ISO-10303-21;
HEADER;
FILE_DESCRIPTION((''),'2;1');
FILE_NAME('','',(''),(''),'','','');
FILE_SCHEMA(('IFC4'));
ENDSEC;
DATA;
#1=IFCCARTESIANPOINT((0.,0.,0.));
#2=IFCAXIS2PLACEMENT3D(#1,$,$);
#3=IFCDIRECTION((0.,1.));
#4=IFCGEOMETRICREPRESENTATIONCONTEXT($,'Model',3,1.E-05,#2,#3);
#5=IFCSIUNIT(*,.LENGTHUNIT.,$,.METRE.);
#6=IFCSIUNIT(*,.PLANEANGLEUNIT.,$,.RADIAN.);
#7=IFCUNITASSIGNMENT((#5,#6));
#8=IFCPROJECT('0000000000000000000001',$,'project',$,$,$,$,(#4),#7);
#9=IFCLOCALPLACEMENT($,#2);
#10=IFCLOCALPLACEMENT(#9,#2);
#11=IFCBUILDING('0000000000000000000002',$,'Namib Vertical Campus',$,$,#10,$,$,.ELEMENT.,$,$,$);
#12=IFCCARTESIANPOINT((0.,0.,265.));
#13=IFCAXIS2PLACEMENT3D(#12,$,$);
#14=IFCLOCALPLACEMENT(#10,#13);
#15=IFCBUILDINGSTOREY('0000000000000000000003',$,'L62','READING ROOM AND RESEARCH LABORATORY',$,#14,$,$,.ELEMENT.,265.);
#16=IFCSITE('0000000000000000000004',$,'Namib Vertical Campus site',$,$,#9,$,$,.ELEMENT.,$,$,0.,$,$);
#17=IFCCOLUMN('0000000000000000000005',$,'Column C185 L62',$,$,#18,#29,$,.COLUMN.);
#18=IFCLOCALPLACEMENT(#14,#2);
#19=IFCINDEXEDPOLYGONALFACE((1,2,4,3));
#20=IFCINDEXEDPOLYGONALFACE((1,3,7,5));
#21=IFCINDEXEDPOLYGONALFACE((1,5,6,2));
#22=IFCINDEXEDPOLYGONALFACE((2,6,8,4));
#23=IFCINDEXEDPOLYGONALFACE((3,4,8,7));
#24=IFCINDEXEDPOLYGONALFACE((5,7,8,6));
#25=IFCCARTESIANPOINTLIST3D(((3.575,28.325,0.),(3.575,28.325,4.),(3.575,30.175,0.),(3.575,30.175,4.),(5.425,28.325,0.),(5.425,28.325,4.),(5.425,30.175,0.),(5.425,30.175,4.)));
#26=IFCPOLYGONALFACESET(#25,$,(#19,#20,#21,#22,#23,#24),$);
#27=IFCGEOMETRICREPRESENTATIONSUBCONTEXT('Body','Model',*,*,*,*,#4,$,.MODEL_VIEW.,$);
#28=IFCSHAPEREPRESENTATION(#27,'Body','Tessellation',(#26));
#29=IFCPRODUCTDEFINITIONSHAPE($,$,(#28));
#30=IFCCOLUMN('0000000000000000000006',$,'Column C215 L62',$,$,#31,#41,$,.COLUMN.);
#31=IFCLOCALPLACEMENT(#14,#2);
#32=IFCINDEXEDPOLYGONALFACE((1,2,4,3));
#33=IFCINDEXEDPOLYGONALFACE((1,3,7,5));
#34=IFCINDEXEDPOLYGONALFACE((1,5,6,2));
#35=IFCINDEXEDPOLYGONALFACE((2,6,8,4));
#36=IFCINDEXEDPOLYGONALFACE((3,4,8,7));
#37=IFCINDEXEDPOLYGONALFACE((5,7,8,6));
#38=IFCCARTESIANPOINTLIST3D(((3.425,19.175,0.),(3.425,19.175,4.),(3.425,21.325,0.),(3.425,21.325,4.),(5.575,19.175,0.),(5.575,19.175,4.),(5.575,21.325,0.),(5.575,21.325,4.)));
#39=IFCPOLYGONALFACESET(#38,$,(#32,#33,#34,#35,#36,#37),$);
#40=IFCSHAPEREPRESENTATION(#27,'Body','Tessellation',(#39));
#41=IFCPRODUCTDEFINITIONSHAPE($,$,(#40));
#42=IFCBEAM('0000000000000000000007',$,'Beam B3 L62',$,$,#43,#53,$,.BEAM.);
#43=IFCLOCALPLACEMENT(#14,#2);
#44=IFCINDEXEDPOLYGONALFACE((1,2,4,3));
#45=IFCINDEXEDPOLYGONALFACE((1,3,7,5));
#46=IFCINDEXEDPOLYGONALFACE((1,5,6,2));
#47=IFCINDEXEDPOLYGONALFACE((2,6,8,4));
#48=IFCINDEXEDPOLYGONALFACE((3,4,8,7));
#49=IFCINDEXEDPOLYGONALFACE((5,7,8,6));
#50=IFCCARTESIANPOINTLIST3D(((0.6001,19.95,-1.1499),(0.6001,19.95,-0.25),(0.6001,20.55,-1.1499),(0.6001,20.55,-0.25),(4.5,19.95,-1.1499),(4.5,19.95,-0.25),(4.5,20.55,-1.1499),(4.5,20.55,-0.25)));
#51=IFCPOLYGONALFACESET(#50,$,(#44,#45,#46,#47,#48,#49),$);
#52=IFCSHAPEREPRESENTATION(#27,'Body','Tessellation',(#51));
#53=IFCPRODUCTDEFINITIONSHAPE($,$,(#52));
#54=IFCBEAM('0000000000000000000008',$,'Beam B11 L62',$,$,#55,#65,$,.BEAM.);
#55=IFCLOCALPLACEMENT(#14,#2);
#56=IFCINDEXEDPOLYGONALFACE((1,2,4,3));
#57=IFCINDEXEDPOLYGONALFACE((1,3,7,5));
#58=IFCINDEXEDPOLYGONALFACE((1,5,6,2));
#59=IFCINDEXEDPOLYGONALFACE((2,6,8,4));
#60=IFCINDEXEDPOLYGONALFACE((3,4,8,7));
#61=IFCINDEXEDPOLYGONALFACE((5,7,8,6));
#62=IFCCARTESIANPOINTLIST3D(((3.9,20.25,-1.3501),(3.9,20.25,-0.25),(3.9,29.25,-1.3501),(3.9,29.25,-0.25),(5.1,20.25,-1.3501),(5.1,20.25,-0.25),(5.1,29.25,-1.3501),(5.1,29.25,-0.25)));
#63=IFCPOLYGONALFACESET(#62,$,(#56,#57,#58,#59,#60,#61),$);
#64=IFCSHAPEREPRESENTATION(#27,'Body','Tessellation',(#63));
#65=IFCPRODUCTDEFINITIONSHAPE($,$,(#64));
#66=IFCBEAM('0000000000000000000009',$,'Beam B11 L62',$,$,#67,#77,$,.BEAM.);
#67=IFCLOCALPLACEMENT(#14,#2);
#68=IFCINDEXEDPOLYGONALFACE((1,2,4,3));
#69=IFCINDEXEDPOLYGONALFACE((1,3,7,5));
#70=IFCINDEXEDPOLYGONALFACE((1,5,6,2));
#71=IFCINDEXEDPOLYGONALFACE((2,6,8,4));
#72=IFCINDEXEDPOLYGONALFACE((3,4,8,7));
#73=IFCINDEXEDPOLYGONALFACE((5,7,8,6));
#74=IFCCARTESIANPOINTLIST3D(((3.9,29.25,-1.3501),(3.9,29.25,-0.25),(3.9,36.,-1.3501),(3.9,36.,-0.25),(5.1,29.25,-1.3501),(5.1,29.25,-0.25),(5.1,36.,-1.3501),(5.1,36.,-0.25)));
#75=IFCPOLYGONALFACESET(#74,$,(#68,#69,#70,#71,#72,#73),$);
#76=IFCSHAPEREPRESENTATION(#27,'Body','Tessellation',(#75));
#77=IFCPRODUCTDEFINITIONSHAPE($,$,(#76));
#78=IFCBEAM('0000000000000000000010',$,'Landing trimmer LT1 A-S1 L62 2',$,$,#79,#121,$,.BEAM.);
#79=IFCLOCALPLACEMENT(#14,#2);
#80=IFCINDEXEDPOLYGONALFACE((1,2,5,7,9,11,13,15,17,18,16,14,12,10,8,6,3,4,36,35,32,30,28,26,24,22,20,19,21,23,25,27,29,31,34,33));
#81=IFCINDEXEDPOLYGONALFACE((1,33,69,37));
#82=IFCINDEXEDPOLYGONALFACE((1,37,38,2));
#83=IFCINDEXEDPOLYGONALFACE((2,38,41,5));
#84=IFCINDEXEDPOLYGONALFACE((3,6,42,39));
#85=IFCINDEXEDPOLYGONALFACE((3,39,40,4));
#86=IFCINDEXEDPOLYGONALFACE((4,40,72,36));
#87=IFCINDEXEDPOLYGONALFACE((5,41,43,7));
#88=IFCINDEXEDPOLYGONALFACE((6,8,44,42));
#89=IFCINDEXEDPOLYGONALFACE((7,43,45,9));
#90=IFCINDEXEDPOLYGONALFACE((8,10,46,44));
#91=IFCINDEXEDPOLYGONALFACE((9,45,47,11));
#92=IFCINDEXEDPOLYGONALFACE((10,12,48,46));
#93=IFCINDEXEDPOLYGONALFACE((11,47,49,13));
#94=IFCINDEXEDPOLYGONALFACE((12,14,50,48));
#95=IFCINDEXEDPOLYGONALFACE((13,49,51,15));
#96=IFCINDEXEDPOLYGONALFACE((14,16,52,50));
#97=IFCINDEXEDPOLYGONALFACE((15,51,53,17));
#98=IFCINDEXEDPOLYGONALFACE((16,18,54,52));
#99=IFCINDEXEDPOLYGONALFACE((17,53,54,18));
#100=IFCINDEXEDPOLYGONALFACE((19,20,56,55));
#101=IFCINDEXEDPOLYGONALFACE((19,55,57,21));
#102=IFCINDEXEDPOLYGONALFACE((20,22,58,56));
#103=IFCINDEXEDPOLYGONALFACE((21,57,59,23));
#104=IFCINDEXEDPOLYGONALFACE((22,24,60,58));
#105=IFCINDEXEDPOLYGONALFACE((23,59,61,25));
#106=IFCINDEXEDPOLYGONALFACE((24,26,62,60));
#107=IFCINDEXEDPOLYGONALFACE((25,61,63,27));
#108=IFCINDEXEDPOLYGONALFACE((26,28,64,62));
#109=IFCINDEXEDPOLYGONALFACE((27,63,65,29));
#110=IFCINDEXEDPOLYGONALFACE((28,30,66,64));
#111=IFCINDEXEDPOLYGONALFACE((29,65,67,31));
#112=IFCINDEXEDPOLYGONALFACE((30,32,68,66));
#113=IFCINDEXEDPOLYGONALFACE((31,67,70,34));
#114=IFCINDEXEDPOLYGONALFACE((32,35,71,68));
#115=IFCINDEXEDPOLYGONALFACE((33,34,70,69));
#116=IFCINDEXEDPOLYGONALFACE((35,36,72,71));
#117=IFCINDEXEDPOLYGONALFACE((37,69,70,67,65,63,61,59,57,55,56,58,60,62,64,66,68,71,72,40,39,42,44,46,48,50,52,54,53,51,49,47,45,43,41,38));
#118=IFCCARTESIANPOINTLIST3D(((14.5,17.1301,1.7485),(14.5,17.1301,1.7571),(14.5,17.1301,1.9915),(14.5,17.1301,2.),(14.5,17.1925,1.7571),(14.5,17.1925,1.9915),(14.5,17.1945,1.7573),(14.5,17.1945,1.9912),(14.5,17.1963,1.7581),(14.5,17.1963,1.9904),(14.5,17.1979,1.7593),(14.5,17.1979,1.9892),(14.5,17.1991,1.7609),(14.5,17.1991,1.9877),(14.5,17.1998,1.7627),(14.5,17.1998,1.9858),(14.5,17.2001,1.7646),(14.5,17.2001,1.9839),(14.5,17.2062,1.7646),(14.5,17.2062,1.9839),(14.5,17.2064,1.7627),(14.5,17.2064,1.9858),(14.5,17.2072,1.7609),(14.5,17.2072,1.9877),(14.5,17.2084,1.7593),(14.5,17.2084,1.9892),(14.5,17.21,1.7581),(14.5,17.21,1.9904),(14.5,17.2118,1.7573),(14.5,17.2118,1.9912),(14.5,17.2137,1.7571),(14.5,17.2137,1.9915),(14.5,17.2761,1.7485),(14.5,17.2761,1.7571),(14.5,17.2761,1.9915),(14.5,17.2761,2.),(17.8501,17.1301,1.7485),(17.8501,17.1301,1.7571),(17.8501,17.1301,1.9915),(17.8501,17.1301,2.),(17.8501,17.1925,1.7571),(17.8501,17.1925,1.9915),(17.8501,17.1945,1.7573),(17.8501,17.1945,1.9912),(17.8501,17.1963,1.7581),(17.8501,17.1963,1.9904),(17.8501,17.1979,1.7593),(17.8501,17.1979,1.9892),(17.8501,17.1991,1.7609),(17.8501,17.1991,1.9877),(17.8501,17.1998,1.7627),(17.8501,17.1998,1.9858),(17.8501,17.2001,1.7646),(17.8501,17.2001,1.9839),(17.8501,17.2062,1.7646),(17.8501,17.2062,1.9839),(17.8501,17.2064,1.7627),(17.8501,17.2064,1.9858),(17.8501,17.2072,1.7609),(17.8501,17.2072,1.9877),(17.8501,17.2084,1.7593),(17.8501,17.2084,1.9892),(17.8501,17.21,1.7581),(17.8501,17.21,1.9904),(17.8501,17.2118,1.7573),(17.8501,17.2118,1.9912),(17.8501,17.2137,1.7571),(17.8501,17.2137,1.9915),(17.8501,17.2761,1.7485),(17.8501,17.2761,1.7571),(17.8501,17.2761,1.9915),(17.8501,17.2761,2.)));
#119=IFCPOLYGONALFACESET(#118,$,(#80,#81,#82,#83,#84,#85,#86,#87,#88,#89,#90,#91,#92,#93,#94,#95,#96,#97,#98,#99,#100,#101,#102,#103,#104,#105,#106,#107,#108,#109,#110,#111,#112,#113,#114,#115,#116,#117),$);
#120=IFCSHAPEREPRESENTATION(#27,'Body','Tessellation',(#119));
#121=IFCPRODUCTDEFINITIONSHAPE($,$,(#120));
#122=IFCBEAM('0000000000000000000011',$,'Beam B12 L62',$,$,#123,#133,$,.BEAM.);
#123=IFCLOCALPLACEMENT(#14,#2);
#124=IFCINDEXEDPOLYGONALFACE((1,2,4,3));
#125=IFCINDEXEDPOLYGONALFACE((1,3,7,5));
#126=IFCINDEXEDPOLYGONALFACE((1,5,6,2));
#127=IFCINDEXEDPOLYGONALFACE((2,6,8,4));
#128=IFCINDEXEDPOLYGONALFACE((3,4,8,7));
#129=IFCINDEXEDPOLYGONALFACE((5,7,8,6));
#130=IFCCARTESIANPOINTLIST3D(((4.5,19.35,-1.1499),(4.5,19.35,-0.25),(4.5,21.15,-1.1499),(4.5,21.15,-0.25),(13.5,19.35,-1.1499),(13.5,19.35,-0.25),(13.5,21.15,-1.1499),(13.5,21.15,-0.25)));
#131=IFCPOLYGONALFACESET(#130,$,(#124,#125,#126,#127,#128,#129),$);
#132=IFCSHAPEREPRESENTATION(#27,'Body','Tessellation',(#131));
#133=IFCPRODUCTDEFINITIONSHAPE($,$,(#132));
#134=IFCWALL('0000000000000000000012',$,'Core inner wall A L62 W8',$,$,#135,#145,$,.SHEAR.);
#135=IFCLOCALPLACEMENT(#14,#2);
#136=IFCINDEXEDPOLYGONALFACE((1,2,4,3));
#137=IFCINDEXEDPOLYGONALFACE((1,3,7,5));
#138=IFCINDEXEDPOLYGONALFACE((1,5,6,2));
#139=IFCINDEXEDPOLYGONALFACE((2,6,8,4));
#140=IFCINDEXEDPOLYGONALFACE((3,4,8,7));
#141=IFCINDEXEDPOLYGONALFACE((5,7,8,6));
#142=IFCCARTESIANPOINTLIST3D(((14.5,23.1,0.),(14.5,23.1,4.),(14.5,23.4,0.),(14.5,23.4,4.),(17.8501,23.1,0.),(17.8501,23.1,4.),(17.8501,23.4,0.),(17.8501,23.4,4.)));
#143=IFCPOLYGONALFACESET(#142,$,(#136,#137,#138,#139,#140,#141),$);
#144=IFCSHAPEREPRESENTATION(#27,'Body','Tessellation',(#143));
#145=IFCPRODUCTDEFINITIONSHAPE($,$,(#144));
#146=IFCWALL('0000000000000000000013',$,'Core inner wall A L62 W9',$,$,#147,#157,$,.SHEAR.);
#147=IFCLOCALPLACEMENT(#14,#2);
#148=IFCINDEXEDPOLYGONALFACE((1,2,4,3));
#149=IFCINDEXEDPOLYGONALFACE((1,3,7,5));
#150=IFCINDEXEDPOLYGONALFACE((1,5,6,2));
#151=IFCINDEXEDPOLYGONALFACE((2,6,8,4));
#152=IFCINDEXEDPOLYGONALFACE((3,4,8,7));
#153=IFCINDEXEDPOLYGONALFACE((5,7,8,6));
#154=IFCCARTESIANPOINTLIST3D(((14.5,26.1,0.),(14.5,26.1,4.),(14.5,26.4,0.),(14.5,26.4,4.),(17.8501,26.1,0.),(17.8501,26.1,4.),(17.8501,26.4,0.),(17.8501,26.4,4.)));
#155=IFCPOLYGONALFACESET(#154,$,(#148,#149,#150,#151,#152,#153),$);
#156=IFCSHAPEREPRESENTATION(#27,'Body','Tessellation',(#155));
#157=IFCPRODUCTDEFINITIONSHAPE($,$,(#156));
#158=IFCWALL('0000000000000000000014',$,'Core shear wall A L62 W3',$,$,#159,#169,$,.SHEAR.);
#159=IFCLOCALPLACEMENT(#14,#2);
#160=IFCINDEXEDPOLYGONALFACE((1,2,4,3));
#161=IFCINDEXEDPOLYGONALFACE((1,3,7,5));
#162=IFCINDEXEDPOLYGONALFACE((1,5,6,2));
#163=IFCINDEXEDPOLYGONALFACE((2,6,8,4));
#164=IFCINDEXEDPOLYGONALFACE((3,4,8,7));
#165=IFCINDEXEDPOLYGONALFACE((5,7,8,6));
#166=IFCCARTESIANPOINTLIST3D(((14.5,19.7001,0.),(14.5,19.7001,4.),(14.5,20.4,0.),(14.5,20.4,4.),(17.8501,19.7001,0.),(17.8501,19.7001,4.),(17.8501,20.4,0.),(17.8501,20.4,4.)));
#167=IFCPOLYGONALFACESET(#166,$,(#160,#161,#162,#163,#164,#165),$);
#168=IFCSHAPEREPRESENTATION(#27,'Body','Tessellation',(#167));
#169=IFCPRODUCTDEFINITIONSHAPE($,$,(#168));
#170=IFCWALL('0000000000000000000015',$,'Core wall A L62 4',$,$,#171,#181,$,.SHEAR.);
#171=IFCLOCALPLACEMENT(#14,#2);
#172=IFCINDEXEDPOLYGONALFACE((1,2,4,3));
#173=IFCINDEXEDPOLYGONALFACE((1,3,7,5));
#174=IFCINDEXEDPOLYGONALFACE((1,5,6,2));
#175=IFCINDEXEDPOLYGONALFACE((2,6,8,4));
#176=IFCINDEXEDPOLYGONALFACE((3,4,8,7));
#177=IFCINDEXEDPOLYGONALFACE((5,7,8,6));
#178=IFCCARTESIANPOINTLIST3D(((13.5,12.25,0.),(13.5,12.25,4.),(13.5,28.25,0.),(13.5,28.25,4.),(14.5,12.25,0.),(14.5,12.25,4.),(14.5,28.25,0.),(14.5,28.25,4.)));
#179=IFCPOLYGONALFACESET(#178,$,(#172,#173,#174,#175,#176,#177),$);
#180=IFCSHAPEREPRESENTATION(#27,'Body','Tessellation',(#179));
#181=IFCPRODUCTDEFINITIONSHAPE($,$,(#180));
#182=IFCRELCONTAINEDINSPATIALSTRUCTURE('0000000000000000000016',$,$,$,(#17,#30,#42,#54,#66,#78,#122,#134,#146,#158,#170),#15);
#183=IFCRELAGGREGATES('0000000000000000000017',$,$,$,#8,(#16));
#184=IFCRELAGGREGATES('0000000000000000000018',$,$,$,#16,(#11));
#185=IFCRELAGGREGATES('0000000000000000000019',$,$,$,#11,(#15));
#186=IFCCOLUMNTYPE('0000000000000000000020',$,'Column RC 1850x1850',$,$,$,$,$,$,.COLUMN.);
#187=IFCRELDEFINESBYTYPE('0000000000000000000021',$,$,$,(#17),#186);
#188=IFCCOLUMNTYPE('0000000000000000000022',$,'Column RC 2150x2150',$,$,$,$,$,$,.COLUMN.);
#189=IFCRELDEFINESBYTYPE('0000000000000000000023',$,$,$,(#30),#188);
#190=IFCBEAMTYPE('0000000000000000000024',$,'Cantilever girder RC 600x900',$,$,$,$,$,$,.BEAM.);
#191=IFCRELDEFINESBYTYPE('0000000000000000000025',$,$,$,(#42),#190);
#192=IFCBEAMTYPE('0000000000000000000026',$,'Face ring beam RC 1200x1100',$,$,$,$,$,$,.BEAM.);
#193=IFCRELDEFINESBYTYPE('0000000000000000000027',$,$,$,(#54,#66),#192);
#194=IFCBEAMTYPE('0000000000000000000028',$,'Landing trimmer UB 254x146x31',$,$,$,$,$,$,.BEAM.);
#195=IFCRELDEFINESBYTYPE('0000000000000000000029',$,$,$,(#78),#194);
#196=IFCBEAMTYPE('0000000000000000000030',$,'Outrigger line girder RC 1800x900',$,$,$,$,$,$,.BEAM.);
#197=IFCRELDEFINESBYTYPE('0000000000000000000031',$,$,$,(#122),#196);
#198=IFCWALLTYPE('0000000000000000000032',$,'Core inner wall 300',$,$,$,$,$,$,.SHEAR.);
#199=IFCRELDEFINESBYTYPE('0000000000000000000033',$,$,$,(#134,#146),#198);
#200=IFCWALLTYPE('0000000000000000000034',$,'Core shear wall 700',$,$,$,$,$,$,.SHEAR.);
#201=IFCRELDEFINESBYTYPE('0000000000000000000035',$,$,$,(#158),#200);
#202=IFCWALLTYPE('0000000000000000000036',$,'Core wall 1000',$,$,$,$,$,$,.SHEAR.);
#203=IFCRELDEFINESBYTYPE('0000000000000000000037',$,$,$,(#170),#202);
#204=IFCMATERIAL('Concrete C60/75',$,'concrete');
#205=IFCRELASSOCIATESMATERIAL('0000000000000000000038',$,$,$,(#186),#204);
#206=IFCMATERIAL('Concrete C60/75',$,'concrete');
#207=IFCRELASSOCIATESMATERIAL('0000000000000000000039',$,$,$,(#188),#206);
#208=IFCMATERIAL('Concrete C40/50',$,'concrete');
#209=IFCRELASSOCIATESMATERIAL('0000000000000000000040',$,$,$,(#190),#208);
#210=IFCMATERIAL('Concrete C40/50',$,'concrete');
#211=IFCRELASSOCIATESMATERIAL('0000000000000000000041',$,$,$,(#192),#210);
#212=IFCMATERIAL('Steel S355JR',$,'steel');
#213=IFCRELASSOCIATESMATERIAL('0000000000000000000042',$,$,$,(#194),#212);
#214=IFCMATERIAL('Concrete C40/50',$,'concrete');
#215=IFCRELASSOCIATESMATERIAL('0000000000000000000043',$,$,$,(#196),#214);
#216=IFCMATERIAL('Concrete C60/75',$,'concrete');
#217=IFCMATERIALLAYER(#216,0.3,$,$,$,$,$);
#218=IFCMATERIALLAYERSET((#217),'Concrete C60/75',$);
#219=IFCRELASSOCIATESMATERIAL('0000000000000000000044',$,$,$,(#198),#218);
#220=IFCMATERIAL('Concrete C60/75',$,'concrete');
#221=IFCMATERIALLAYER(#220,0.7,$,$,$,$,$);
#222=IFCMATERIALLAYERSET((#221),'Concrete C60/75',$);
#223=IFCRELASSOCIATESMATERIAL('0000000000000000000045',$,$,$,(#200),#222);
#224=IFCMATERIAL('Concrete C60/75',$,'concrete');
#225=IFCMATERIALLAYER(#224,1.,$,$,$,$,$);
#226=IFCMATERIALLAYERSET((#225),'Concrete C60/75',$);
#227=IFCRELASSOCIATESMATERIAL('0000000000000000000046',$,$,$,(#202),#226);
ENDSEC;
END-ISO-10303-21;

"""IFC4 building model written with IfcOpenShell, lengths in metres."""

from ifc_helpers import new_model, si_unit, direction, frame, frame_2d, origin, origin_2d, place, context, subcontext, project, spatial, rectangle, i_section, extrude, material, layer, layer_set, material_profile, profile_set, type_object, element, save


model = new_model("IFC4")

# Units and contexts
model_context = context("Model", 3, precision=1e-05, world=origin(), true_north=direction((0.0, 1.0)))
body_context = subcontext(model_context, "Body", "Model", "MODEL_VIEW")
ifc_project = project(units=[si_unit("LENGTHUNIT", "METRE"), si_unit("PLANEANGLEUNIT", "RADIAN")], contexts=[model_context])

# Site, building, storey
site_placement = place(None, origin())
site = spatial("IfcSite", under=ifc_project, at=site_placement, Name="Namib Vertical Campus site", CompositionType="ELEMENT", RefElevation=0.0)
building_placement = place(site_placement, origin())
building = spatial("IfcBuilding", under=site, at=building_placement, Name="Namib Vertical Campus", CompositionType="ELEMENT")
storey_placement = place(building_placement, frame((0.0, 0.0, 265.0)))
storey = spatial("IfcBuildingStorey", under=building, at=storey_placement, Name="L62", Description="READING ROOM AND RESEARCH LABORATORY", CompositionType="ELEMENT", Elevation=265.0)

# Columns
ifc_material_1 = material(Name="Concrete C60/75", Category="concrete")
ifc_material_profile_1 = material_profile(ifc_material_1, rectangle(XDim=1.8501, YDim=1.8501, at=origin_2d()))
ifc_profile_set_1 = profile_set([ifc_material_profile_1], Name="Concrete C60/75")
column_type_1 = type_object("IfcColumnType", Name="Column RC 1850x1850", PredefinedType="COLUMN", material=ifc_profile_set_1)
column_1_placement = place(storey_placement, frame((4.5, 29.25, 0.0), z_axis=(0.0, 0.0, 1.0), x_axis=(1.0, 0.0, 0.0)))
element("IfcColumn", 1, at=column_1_placement, inside=storey, type_object=column_type_1, Name="Column C185 L62", PredefinedType="COLUMN", context=body_context, shape_type="SweptSolid", body=[
    extrude(rectangle(XDim=1.8501, YDim=1.8501, at=origin_2d()), origin(), (0.0, 0.0, 1.0), 4.0),
])
ifc_material_2 = material(Name="Concrete C60/75", Category="concrete")
ifc_material_profile_2 = material_profile(ifc_material_2, rectangle(XDim=2.1499, YDim=2.1499, at=origin_2d()))
ifc_profile_set_2 = profile_set([ifc_material_profile_2], Name="Concrete C60/75")
column_type_2 = type_object("IfcColumnType", Name="Column RC 2150x2150", PredefinedType="COLUMN", material=ifc_profile_set_2)
column_2_placement = place(storey_placement, frame((4.5, 20.25, 0.0), z_axis=(0.0, 0.0, 1.0), x_axis=(1.0, 0.0, 0.0)))
element("IfcColumn", 2, at=column_2_placement, inside=storey, type_object=column_type_2, Name="Column C215 L62", PredefinedType="COLUMN", context=body_context, shape_type="SweptSolid", body=[
    extrude(rectangle(XDim=2.1499, YDim=2.1499, at=origin_2d()), origin(), (0.0, 0.0, 1.0), 4.0),
])

# Beams
ifc_material_3 = material(Name="Concrete C40/50", Category="concrete")
ifc_material_profile_3 = material_profile(ifc_material_3, rectangle(XDim=0.6001, YDim=0.8999, at=origin_2d()))
ifc_profile_set_3 = profile_set([ifc_material_profile_3], Name="Concrete C40/50")
beam_type_1 = type_object("IfcBeamType", Name="Cantilever girder RC 600x900", PredefinedType="BEAM", material=ifc_profile_set_3)
beam_1_placement = place(storey_placement, frame((4.5, 20.25, -0.7), z_axis=(-1.0, 0.0, 0.0), x_axis=(0.0, -1.0, 0.0)))
element("IfcBeam", 3, at=beam_1_placement, inside=storey, type_object=beam_type_1, Name="Beam B3 L62", PredefinedType="BEAM", context=body_context, shape_type="SweptSolid", body=[
    extrude(rectangle(XDim=0.6001, YDim=0.8999, at=origin_2d()), origin(), (0.0, 0.0, 1.0), 3.8999),
])
ifc_material_4 = material(Name="Concrete C40/50", Category="concrete")
ifc_material_profile_4 = material_profile(ifc_material_4, rectangle(XDim=1.2, YDim=1.1001, at=origin_2d()))
ifc_profile_set_4 = profile_set([ifc_material_profile_4], Name="Concrete C40/50")
beam_type_2 = type_object("IfcBeamType", Name="Face ring beam RC 1200x1100", PredefinedType="BEAM", material=ifc_profile_set_4)
beam_2_placement = place(storey_placement, frame((4.5, 20.25, -0.8), z_axis=(0.0, 1.0, 0.0), x_axis=(-1.0, 0.0, 0.0)))
element("IfcBeam", 4, at=beam_2_placement, inside=storey, type_object=beam_type_2, Name="Beam B11 L62", PredefinedType="BEAM", context=body_context, shape_type="SweptSolid", body=[
    extrude(rectangle(XDim=1.2, YDim=1.1001, at=origin_2d()), origin(), (0.0, 0.0, 1.0), 9.0),
])
beam_3_placement = place(storey_placement, frame((4.5, 29.25, -0.8), z_axis=(0.0, 1.0, 0.0), x_axis=(-1.0, 0.0, 0.0)))
element("IfcBeam", 5, at=beam_3_placement, inside=storey, type_object=beam_type_2, Name="Beam B11 L62", PredefinedType="BEAM", context=body_context, shape_type="SweptSolid", body=[
    extrude(rectangle(XDim=1.2, YDim=1.1001, at=origin_2d()), origin(), (0.0, 0.0, 1.0), 6.75),
])
ifc_material_5 = material(Name="Steel S355JR", Category="steel")
ifc_material_profile_5 = material_profile(ifc_material_5, i_section(OverallWidth=0.146, OverallDepth=0.2515, WebThickness=0.0061, FlangeThickness=0.0085, FilletRadius=0.0076, at=origin_2d()))
ifc_profile_set_5 = profile_set([ifc_material_profile_5], Name="Steel S355JR")
beam_type_3 = type_object("IfcBeamType", Name="Landing trimmer UB 254x146x31", PredefinedType="BEAM", material=ifc_profile_set_5)
beam_4_placement = place(storey_placement, frame((14.5, 17.2031, 1.8743), z_axis=(1.0, 0.0, 0.0), x_axis=(0.0, 1.0, 0.0)))
element("IfcBeam", 6, at=beam_4_placement, inside=storey, type_object=beam_type_3, Name="Landing trimmer LT1 A-S1 L62 2", PredefinedType="BEAM", context=body_context, shape_type="SweptSolid", body=[
    extrude(i_section(OverallWidth=0.146, OverallDepth=0.2515, WebThickness=0.0061, FlangeThickness=0.0085, FilletRadius=0.0076, at=origin_2d()), origin(), (0.0, 0.0, 1.0), 3.3501),
])
ifc_material_6 = material(Name="Concrete C40/50", Category="concrete")
ifc_material_profile_6 = material_profile(ifc_material_6, rectangle(XDim=1.8, YDim=0.8999, at=origin_2d()))
ifc_profile_set_6 = profile_set([ifc_material_profile_6], Name="Concrete C40/50")
beam_type_4 = type_object("IfcBeamType", Name="Outrigger line girder RC 1800x900", PredefinedType="BEAM", material=ifc_profile_set_6)
beam_5_placement = place(storey_placement, frame((4.5, 20.25, -0.7), z_axis=(1.0, 0.0, 0.0), x_axis=(0.0, 1.0, 0.0)))
element("IfcBeam", 7, at=beam_5_placement, inside=storey, type_object=beam_type_4, Name="Beam B12 L62", PredefinedType="BEAM", context=body_context, shape_type="SweptSolid", body=[
    extrude(rectangle(XDim=1.8, YDim=0.8999, at=origin_2d()), origin(), (0.0, 0.0, 1.0), 9.0),
])

# Walls
ifc_material_7 = material(Name="Concrete C60/75", Category="concrete")
ifc_layer_1 = layer(ifc_material_7, 0.3)
ifc_layer_set_1 = layer_set([ifc_layer_1], Name="Concrete C60/75")
wall_type_1 = type_object("IfcWallType", Name="Core inner wall 300", PredefinedType="SHEAR", material=ifc_layer_set_1)
for number, where, z_axis, x_axis, name in (
    (8, (14.5, 23.25, 0.0), (0.0, 0.0, 1.0), (1.0, 0.0, 0.0), "Core inner wall A L62 W8"),
    (9, (14.5, 26.25, 0.0), (0.0, 0.0, 1.0), (1.0, 0.0, 0.0), "Core inner wall A L62 W9"),
):
    element("IfcWall", number, at=place(storey_placement, frame(where, z_axis=z_axis, x_axis=x_axis)), inside=storey, type_object=wall_type_1, Name=name, PredefinedType="SHEAR", context=body_context, shape_type="SweptSolid", body=[
        extrude(rectangle(XDim=3.3501, YDim=0.3, at=frame_2d((1.675, 0.0))), origin(), (0.0, 0.0, 1.0), 4.0),
    ])
ifc_material_8 = material(Name="Concrete C60/75", Category="concrete")
ifc_layer_2 = layer(ifc_material_8, 0.7)
ifc_layer_set_2 = layer_set([ifc_layer_2], Name="Concrete C60/75")
wall_type_2 = type_object("IfcWallType", Name="Core shear wall 700", PredefinedType="SHEAR", material=ifc_layer_set_2)
wall_1_placement = place(storey_placement, frame((14.5, 20.05, 0.0), z_axis=(0.0, 0.0, 1.0), x_axis=(1.0, 0.0, 0.0)))
element("IfcWall", 10, at=wall_1_placement, inside=storey, type_object=wall_type_2, Name="Core shear wall A L62 W3", PredefinedType="SHEAR", context=body_context, shape_type="SweptSolid", body=[
    extrude(rectangle(XDim=3.3501, YDim=0.7, at=frame_2d((1.675, 0.0))), origin(), (0.0, 0.0, 1.0), 4.0),
])
ifc_material_9 = material(Name="Concrete C60/75", Category="concrete")
ifc_layer_3 = layer(ifc_material_9, 1.0)
ifc_layer_set_3 = layer_set([ifc_layer_3], Name="Concrete C60/75")
wall_type_3 = type_object("IfcWallType", Name="Core wall 1000", PredefinedType="SHEAR", material=ifc_layer_set_3)
wall_2_placement = place(storey_placement, frame((14.0, 28.25, 0.0), z_axis=(0.0, 0.0, 1.0), x_axis=(0.0, -1.0, 0.0)))
element("IfcWall", 11, at=wall_2_placement, inside=storey, type_object=wall_type_3, Name="Core wall A L62 4", PredefinedType="SHEAR", context=body_context, shape_type="SweptSolid", body=[
    extrude(rectangle(XDim=16.0, YDim=1.0, at=frame_2d((8.0, 0.0))), origin(), (0.0, 0.0, 1.0), 4.0),
])

save(model, "model.ifc")
